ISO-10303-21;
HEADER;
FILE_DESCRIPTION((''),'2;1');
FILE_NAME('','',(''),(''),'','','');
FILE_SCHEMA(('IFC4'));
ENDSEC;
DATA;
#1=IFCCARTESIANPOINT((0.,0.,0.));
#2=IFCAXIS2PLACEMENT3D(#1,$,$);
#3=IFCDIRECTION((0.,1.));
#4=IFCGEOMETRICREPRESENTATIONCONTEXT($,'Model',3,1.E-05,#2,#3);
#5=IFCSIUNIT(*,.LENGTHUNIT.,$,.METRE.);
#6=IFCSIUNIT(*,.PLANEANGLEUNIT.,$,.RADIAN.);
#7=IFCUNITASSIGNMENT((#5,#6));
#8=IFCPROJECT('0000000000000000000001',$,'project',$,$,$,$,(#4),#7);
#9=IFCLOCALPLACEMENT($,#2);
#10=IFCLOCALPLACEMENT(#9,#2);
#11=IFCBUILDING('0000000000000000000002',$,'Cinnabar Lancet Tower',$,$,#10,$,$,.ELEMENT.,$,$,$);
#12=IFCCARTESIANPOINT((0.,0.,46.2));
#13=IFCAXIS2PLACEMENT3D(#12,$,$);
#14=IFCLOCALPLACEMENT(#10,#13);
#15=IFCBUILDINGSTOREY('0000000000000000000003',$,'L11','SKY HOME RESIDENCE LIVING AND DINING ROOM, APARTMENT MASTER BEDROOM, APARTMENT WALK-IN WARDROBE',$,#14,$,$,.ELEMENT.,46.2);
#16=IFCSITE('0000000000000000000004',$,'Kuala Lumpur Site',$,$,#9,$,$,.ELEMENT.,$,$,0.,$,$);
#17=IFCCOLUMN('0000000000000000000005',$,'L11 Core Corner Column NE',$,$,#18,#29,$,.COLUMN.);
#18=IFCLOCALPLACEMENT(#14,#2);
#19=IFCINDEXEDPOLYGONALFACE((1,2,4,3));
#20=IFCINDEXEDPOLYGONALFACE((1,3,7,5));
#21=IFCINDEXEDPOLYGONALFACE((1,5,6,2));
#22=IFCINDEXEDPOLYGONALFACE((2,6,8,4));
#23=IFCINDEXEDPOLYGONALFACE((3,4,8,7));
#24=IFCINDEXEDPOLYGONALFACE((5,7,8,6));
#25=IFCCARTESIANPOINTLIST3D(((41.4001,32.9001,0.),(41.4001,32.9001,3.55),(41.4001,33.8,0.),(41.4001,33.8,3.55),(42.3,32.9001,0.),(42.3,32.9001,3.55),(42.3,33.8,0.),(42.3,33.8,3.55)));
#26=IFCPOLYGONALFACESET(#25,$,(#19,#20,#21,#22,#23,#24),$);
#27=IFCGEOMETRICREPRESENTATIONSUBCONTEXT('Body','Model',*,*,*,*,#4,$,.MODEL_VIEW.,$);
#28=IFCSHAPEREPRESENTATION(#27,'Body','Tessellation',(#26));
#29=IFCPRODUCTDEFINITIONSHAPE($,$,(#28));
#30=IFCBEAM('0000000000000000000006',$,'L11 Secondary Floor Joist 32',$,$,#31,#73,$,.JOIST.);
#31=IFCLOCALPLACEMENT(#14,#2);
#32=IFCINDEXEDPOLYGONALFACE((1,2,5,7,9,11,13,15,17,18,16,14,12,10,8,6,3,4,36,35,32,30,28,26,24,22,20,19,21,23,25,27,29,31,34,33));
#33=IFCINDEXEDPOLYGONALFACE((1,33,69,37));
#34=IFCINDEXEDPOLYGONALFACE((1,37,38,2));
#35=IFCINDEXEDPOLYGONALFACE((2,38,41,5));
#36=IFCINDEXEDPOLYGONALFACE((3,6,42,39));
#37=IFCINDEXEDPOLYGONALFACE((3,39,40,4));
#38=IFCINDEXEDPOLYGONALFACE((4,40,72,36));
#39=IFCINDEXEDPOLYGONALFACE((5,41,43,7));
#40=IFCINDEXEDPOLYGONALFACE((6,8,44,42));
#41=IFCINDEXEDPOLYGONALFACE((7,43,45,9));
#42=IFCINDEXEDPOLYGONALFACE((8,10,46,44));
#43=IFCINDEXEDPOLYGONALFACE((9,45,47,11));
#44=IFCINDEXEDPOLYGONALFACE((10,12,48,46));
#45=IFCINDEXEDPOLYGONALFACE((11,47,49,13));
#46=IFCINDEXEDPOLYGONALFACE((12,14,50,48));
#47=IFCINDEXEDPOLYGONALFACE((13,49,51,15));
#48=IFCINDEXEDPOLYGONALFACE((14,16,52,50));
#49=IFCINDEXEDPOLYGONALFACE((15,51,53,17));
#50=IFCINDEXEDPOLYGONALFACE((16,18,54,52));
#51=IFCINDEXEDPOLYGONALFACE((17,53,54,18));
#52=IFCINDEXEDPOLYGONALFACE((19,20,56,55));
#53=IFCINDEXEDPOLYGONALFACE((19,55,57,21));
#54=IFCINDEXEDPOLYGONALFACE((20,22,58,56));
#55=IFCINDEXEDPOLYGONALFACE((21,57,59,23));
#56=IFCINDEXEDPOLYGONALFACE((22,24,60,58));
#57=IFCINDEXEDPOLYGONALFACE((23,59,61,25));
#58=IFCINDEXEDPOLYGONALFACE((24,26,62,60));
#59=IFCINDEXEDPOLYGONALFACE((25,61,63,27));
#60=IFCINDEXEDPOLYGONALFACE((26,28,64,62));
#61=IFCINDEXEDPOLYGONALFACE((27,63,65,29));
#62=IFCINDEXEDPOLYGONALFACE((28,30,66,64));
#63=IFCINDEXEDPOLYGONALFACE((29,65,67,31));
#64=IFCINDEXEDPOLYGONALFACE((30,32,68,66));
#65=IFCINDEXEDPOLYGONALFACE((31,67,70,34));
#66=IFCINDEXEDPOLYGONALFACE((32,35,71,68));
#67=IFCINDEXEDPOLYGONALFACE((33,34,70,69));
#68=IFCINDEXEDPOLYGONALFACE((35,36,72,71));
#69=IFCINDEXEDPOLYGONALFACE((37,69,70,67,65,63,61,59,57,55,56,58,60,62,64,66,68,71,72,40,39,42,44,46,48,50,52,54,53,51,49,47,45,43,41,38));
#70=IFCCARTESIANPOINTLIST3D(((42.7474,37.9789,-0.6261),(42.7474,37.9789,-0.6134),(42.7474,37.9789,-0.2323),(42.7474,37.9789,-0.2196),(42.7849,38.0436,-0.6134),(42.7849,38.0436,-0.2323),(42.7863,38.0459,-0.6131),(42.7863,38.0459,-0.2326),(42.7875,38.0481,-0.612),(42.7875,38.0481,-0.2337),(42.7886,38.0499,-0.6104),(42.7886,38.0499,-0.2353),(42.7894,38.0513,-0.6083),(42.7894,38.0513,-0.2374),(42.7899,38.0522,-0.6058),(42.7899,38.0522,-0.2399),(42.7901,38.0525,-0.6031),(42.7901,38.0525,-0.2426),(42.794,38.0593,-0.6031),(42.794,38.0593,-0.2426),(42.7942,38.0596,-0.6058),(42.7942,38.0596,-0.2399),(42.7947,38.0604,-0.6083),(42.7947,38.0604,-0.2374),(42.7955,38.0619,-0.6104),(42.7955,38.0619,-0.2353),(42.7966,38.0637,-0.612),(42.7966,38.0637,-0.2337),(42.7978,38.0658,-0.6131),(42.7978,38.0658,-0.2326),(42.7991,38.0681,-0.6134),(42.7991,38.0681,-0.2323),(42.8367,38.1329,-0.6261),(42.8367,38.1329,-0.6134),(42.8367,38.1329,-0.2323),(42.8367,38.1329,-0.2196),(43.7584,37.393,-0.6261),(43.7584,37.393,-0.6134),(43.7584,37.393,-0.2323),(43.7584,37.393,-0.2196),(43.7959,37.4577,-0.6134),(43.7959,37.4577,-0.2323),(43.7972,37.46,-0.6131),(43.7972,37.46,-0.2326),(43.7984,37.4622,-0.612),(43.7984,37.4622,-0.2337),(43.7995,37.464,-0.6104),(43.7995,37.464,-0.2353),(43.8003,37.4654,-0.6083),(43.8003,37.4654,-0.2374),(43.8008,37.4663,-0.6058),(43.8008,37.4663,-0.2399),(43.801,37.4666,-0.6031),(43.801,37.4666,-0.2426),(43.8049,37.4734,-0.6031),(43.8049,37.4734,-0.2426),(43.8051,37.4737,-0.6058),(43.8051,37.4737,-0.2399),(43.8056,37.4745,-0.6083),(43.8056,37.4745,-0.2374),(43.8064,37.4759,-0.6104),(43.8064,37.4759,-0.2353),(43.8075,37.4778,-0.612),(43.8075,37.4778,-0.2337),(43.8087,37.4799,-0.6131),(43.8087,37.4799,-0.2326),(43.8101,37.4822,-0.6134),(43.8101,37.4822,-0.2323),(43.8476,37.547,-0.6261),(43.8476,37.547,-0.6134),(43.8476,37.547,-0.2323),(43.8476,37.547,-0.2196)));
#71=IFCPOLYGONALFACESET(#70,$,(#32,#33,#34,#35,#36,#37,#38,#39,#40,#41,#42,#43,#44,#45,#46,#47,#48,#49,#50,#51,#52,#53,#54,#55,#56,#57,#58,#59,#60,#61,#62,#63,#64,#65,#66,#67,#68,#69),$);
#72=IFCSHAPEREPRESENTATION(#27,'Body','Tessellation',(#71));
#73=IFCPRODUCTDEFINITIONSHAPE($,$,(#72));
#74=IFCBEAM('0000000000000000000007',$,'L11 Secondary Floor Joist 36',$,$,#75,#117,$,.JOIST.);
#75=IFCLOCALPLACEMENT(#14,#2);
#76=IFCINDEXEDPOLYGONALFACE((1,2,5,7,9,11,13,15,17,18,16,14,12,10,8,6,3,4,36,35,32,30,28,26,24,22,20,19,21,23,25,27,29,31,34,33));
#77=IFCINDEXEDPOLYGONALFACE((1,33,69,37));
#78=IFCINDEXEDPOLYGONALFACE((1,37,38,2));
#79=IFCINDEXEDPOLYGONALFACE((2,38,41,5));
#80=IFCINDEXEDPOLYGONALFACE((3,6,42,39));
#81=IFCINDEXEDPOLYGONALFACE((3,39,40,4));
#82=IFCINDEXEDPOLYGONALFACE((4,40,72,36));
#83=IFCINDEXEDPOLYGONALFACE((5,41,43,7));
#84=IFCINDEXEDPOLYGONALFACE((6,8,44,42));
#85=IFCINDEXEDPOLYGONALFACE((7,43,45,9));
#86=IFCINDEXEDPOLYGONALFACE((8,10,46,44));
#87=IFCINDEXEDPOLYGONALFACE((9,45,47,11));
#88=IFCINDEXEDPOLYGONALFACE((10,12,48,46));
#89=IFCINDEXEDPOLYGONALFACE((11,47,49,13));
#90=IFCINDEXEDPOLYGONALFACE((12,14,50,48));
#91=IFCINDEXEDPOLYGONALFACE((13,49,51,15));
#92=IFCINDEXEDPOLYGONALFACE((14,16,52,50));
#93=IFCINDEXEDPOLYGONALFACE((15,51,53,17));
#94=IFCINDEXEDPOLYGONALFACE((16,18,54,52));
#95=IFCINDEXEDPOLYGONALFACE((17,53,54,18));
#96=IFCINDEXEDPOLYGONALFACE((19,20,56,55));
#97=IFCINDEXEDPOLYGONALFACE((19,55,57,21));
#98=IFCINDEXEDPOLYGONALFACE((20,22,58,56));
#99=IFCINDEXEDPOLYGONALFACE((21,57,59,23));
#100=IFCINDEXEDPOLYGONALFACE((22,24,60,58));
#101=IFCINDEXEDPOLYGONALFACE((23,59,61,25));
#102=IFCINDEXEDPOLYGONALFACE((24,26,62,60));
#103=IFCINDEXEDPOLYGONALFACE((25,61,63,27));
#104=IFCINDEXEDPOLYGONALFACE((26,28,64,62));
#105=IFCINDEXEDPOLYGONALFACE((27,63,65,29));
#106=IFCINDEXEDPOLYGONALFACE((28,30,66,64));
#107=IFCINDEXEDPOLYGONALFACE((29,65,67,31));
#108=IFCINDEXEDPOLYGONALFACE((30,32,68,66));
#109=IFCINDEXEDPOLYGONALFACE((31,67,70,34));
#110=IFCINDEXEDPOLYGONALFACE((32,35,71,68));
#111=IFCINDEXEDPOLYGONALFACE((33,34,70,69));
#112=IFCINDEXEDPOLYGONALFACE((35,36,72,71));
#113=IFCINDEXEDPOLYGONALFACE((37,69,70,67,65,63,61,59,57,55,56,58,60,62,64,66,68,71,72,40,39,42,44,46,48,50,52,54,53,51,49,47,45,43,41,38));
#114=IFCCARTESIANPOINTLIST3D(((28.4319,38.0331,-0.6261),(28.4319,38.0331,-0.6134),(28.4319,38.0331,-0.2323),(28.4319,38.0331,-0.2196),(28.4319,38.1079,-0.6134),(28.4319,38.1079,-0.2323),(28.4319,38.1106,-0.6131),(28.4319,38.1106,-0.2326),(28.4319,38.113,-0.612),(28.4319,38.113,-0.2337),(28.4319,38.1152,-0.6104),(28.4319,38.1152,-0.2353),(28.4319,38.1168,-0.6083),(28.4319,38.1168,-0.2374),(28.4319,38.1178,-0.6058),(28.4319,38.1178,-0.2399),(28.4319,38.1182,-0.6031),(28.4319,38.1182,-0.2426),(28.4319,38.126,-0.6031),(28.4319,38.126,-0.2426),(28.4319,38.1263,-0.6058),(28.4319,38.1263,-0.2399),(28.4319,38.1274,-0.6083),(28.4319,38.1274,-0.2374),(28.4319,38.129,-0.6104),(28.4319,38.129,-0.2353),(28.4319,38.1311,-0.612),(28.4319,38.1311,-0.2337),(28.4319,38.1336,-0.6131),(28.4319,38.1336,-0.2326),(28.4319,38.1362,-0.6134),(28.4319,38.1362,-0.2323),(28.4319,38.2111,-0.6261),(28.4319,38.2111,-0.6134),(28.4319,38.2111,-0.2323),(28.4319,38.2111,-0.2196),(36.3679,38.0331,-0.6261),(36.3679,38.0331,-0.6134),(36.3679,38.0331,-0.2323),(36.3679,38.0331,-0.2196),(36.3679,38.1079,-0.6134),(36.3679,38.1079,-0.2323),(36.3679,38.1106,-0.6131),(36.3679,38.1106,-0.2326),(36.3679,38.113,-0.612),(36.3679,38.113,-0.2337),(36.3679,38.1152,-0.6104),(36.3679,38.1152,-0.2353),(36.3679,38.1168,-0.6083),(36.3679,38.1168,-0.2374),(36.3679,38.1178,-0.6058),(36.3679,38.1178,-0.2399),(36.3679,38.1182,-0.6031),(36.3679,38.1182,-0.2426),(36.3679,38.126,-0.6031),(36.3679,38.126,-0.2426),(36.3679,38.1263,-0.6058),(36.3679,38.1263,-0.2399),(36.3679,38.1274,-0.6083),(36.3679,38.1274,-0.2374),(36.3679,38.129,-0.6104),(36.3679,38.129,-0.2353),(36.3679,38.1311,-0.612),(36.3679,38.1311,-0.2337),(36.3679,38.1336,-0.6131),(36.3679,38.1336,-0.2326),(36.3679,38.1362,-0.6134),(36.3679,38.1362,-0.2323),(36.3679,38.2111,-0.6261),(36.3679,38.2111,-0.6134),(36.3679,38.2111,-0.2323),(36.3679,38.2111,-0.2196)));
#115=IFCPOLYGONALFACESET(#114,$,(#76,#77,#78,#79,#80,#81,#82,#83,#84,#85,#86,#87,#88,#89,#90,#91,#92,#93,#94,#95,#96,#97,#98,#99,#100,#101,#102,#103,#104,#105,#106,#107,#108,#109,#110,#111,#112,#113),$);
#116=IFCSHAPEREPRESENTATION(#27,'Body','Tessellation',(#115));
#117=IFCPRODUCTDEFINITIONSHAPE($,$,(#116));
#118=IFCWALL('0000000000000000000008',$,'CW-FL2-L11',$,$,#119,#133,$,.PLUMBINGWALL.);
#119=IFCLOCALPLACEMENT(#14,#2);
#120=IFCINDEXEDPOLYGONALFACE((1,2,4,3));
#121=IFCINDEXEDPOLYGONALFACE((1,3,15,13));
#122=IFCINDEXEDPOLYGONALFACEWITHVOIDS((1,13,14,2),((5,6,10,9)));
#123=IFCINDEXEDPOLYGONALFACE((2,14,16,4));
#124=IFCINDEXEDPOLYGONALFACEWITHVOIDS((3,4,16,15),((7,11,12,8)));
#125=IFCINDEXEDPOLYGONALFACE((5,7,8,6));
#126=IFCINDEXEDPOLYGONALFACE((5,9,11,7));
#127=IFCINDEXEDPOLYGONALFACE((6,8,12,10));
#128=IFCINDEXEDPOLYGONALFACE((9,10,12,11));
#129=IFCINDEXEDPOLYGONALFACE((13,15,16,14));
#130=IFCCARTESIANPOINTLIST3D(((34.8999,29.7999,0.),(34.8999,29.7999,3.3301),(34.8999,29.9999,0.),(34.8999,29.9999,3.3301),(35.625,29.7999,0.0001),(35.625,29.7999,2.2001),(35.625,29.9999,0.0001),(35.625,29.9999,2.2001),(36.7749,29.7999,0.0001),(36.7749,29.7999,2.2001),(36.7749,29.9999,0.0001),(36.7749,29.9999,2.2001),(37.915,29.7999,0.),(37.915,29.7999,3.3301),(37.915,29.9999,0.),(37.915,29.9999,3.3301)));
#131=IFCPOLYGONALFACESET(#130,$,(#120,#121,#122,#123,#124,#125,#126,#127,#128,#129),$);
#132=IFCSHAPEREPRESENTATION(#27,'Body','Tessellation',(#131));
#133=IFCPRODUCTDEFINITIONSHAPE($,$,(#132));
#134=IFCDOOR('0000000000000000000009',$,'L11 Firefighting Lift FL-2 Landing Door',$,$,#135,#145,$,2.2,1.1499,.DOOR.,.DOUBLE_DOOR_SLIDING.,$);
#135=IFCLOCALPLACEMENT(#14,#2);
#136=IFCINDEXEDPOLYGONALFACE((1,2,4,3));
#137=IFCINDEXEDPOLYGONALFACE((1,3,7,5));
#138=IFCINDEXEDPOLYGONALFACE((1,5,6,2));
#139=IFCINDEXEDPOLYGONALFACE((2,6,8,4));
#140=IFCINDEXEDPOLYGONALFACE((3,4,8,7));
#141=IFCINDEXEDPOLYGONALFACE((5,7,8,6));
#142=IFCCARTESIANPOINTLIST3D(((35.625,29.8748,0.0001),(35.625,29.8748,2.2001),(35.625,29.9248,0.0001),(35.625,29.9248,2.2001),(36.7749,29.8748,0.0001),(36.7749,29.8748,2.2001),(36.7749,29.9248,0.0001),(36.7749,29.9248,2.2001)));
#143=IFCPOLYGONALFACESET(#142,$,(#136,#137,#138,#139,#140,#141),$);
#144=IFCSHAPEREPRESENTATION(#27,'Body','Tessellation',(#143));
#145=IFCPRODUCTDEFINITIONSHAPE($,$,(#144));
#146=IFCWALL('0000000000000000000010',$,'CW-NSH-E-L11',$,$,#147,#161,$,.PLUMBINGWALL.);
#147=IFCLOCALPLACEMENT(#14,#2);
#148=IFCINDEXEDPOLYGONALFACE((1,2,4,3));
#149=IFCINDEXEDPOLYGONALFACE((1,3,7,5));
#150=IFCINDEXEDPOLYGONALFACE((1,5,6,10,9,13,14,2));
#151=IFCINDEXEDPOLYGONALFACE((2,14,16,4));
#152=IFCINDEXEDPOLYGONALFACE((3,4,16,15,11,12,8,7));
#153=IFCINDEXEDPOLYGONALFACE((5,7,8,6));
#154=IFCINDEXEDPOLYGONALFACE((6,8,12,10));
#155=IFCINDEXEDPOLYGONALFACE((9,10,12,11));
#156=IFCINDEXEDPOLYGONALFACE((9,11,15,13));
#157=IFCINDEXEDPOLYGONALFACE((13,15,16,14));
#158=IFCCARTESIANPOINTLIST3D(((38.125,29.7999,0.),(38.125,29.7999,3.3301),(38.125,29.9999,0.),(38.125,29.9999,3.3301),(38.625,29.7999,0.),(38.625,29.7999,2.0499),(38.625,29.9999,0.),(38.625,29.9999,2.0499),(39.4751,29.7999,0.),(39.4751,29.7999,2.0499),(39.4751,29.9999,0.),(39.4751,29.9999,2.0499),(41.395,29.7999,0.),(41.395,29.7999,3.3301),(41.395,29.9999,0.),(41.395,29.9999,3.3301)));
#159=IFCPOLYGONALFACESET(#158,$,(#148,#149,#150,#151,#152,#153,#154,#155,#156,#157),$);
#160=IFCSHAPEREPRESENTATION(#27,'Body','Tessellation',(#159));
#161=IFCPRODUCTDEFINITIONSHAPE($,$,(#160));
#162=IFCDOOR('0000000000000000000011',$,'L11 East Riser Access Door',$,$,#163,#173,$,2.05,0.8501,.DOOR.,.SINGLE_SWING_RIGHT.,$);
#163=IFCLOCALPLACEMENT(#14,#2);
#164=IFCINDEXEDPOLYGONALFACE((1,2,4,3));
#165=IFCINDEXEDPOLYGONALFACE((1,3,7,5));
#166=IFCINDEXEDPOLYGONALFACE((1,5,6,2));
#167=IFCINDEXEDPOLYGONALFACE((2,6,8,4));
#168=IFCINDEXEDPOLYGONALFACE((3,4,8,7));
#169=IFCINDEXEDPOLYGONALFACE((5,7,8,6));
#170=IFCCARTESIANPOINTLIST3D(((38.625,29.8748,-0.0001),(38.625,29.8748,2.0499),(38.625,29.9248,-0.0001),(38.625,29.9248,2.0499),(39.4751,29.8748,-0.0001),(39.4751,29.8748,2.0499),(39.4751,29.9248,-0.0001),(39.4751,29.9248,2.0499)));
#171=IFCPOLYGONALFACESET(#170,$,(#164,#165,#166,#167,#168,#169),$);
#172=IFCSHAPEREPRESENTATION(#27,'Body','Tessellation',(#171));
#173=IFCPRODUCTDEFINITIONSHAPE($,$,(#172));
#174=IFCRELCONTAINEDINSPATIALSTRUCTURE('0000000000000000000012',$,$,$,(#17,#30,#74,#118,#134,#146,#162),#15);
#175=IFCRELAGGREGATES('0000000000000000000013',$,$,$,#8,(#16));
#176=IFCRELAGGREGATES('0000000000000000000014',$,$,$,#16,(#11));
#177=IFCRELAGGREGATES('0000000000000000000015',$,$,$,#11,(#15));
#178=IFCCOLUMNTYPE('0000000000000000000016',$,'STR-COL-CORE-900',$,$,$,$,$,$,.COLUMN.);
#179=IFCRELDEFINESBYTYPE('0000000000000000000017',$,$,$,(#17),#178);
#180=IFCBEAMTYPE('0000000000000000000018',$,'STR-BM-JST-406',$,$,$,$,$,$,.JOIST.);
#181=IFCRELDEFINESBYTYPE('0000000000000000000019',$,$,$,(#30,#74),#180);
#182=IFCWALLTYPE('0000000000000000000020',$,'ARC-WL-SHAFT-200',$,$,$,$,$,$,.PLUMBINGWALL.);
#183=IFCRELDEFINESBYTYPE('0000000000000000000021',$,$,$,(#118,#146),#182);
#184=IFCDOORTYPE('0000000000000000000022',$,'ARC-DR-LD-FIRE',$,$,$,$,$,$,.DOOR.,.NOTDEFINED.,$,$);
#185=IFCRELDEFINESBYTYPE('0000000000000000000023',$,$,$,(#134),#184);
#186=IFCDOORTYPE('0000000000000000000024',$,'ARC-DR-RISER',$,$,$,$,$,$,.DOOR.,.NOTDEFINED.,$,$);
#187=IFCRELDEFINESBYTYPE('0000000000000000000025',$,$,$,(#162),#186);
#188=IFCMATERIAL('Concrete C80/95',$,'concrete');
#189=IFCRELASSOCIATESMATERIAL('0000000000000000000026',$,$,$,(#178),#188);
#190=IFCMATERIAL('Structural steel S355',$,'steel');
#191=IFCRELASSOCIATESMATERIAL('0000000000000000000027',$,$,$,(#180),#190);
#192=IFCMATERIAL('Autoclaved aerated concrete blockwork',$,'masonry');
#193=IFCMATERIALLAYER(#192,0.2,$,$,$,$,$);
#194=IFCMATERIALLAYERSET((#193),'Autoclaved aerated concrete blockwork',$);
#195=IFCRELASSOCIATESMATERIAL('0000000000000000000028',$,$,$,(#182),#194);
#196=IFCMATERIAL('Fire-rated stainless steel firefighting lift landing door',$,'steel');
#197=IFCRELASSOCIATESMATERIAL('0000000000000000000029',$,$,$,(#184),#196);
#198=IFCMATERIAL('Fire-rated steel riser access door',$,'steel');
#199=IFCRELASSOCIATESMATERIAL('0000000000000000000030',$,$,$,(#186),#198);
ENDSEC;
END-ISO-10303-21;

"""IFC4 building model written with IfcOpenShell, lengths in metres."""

from ifc_helpers import new_model, si_unit, direction, frame, frame_2d, origin, origin_2d, place, context, subcontext, project, spatial, rectangle, i_section, extrude, material, layer, layer_set, material_profile, profile_set, type_object, element, fill, save


model = new_model("IFC4")

# Units and contexts
model_context = context("Model", 3, precision=1e-05, world=origin(), true_north=direction((0.0, 1.0)))
body_context = subcontext(model_context, "Body", "Model", "MODEL_VIEW")
ifc_project = project(units=[si_unit("LENGTHUNIT", "METRE"), si_unit("PLANEANGLEUNIT", "RADIAN")], contexts=[model_context])

# Site, building, storey
site_placement = place(None, origin())
site = spatial("IfcSite", under=ifc_project, at=site_placement, Name="Kuala Lumpur Site", CompositionType="ELEMENT", RefElevation=0.0)
building_placement = place(site_placement, origin())
building = spatial("IfcBuilding", under=site, at=building_placement, Name="Cinnabar Lancet Tower", CompositionType="ELEMENT")
storey_placement = place(building_placement, frame((0.0, 0.0, 46.2)))
storey = spatial("IfcBuildingStorey", under=building, at=storey_placement, Name="L11", Description="SKY HOME RESIDENCE LIVING AND DINING ROOM, APARTMENT MASTER BEDROOM, APARTMENT WALK-IN WARDROBE", CompositionType="ELEMENT", Elevation=46.2)

# Column
ifc_material_1 = material(Name="Concrete C80/95", Category="concrete")
ifc_material_profile_1 = material_profile(ifc_material_1, rectangle(XDim=0.8999, YDim=0.8999, at=origin_2d()), Name="RC-COL 900x900")
ifc_profile_set_1 = profile_set([ifc_material_profile_1], Name="Concrete C80/95")
column_type = type_object("IfcColumnType", Name="STR-COL-CORE-900", PredefinedType="COLUMN", material=ifc_profile_set_1)
column_placement = place(storey_placement, frame((41.8501, 33.3501, 0.0), z_axis=(0.0, 0.0, 1.0), x_axis=(1.0, 0.0, 0.0)))
element("IfcColumn", 1, at=column_placement, inside=storey, type_object=column_type, Name="L11 Core Corner Column NE", PredefinedType="COLUMN", context=body_context, shape_type="SweptSolid", body=[
    extrude(rectangle(XDim=0.8999, YDim=0.8999, at=origin_2d()), origin(), (0.0, 0.0, 1.0), 3.55),
])

# Beams
ifc_material_2 = material(Name="Structural steel S355", Category="steel")
ifc_material_profile_2 = material_profile(ifc_material_2, i_section(OverallWidth=0.178, OverallDepth=0.4065, WebThickness=0.0078, FlangeThickness=0.0127, FilletRadius=0.0103, at=origin_2d()), Name="UKB 406x178x60")
ifc_profile_set_2 = profile_set([ifc_material_profile_2], Name="Structural steel S355")
beam_type = type_object("IfcBeamType", Name="STR-BM-JST-406", PredefinedType="JOIST", material=ifc_profile_set_2)
beam_1_placement = place(storey_placement, frame((43.803, 37.47, -0.4229), z_axis=(-0.865193, 0.50144, 0.0), x_axis=(-0.50144, -0.865193, 0.0)))
element("IfcBeam", 2, at=beam_1_placement, inside=storey, type_object=beam_type, Name="L11 Secondary Floor Joist 32", PredefinedType="JOIST", context=body_context, shape_type="SweptSolid", body=[
    extrude(i_section(OverallWidth=0.178, OverallDepth=0.4065, WebThickness=0.0078, FlangeThickness=0.0127, FilletRadius=0.0103, at=origin_2d()), origin(), (0.0, 0.0, 1.0), 1.1685),
])
beam_2_placement = place(storey_placement, frame((36.3679, 38.1221, -0.4229), z_axis=(-1.0, 0.0, 0.0), x_axis=(0.0, -1.0, 0.0)))
element("IfcBeam", 3, at=beam_2_placement, inside=storey, type_object=beam_type, Name="L11 Secondary Floor Joist 36", PredefinedType="JOIST", context=body_context, shape_type="SweptSolid", body=[
    extrude(i_section(OverallWidth=0.178, OverallDepth=0.4065, WebThickness=0.0078, FlangeThickness=0.0127, FilletRadius=0.0103, at=origin_2d()), origin(), (0.0, 0.0, 1.0), 7.936),
])

# Walls, openings, doors
ifc_material_3 = material(Name="Autoclaved aerated concrete blockwork", Category="masonry")
ifc_layer_1 = layer(ifc_material_3, 0.2)
ifc_layer_set_1 = layer_set([ifc_layer_1], Name="Autoclaved aerated concrete blockwork")
wall_type_1 = type_object("IfcWallType", Name="ARC-WL-SHAFT-200", PredefinedType="PLUMBINGWALL", material=ifc_layer_set_1)
wall_1_placement = place(storey_placement, frame((34.8999, 29.8999, 0.0), z_axis=(0.0, 0.0, 1.0), x_axis=(1.0, 0.0, 0.0)))
wall_1 = element("IfcWall", 4, at=wall_1_placement, inside=storey, type_object=wall_type_1, Name="CW-FL2-L11", PredefinedType="PLUMBINGWALL", context=body_context, shape_type="SweptSolid", body=[
    extrude(rectangle(XDim=3.0151, YDim=0.2, at=frame_2d((1.5076, 0.0))), origin(), (0.0, 0.0, 1.0), 3.3301),
])
opening_1_placement = place(wall_1_placement, frame((0.7251, 0.0, 0.0)))
opening_1 = element("IfcOpeningElement", 5, at=opening_1_placement, cuts=wall_1, PredefinedType="OPENING", context=body_context, shape_type="SweptSolid", body=[
    extrude(rectangle(XDim=1.1499, YDim=2.2, at=frame_2d((0.575, 1.1001))), frame((0.0, 0.1099, 0.0), z_axis=(0.0, -1.0, 0.0), x_axis=(1.0, 0.0, 0.0)), (0.0, 0.0, 1.0), 0.22),
])
ifc_material_4 = material(Name="Fire-rated stainless steel firefighting lift landing door", Category="steel")
door_type_1 = type_object("IfcDoorType", Name="ARC-DR-LD-FIRE", OperationType="NOTDEFINED", PredefinedType="DOOR", material=ifc_material_4)
door_1_placement = place(opening_1_placement, origin())
door_1 = element("IfcDoor", 6, at=door_1_placement, inside=storey, type_object=door_type_1, Name="L11 Firefighting Lift FL-2 Landing Door", OperationType="DOUBLE_DOOR_SLIDING", OverallHeight=2.2, OverallWidth=1.1499, PredefinedType="DOOR", context=body_context, shape_type="SweptSolid", body=[
    extrude(rectangle(XDim=1.1499, YDim=2.2, at=frame_2d((0.575, 1.1001))), frame((0.0, 0.0249, 0.0), z_axis=(0.0, -1.0, 0.0), x_axis=(1.0, 0.0, 0.0)), (0.0, 0.0, 1.0), 0.05),
])
fill(opening_1, door_1)
wall_2_placement = place(storey_placement, frame((38.125, 29.8999, 0.0), z_axis=(0.0, 0.0, 1.0), x_axis=(1.0, 0.0, 0.0)))
wall_2 = element("IfcWall", 7, at=wall_2_placement, inside=storey, type_object=wall_type_1, Name="CW-NSH-E-L11", PredefinedType="PLUMBINGWALL", context=body_context, shape_type="SweptSolid", body=[
    extrude(rectangle(XDim=3.27, YDim=0.2, at=frame_2d((1.635, 0.0))), origin(), (0.0, 0.0, 1.0), 3.3301),
])
opening_2_placement = place(wall_2_placement, frame((0.5, 0.0, 0.0)))
opening_2 = element("IfcOpeningElement", 8, at=opening_2_placement, cuts=wall_2, PredefinedType="OPENING", context=body_context, shape_type="SweptSolid", body=[
    extrude(rectangle(XDim=0.8501, YDim=2.05, at=frame_2d((0.425, 1.0249))), frame((0.0, 0.1099, 0.0), z_axis=(0.0, -1.0, 0.0), x_axis=(1.0, 0.0, 0.0)), (0.0, 0.0, 1.0), 0.22),
])
ifc_material_5 = material(Name="Fire-rated steel riser access door", Category="steel")
door_type_2 = type_object("IfcDoorType", Name="ARC-DR-RISER", OperationType="NOTDEFINED", PredefinedType="DOOR", material=ifc_material_5)
door_2_placement = place(opening_2_placement, origin())
door_2 = element("IfcDoor", 9, at=door_2_placement, inside=storey, type_object=door_type_2, Name="L11 East Riser Access Door", OperationType="SINGLE_SWING_RIGHT", OverallHeight=2.05, OverallWidth=0.8501, PredefinedType="DOOR", context=body_context, shape_type="SweptSolid", body=[
    extrude(rectangle(XDim=0.8501, YDim=2.05, at=frame_2d((0.425, 1.0249))), frame((0.0, 0.0249, 0.0), z_axis=(0.0, -1.0, 0.0), x_axis=(1.0, 0.0, 0.0)), (0.0, 0.0, 1.0), 0.05),
])
fill(opening_2, door_2)

save(model, "model.ifc")
